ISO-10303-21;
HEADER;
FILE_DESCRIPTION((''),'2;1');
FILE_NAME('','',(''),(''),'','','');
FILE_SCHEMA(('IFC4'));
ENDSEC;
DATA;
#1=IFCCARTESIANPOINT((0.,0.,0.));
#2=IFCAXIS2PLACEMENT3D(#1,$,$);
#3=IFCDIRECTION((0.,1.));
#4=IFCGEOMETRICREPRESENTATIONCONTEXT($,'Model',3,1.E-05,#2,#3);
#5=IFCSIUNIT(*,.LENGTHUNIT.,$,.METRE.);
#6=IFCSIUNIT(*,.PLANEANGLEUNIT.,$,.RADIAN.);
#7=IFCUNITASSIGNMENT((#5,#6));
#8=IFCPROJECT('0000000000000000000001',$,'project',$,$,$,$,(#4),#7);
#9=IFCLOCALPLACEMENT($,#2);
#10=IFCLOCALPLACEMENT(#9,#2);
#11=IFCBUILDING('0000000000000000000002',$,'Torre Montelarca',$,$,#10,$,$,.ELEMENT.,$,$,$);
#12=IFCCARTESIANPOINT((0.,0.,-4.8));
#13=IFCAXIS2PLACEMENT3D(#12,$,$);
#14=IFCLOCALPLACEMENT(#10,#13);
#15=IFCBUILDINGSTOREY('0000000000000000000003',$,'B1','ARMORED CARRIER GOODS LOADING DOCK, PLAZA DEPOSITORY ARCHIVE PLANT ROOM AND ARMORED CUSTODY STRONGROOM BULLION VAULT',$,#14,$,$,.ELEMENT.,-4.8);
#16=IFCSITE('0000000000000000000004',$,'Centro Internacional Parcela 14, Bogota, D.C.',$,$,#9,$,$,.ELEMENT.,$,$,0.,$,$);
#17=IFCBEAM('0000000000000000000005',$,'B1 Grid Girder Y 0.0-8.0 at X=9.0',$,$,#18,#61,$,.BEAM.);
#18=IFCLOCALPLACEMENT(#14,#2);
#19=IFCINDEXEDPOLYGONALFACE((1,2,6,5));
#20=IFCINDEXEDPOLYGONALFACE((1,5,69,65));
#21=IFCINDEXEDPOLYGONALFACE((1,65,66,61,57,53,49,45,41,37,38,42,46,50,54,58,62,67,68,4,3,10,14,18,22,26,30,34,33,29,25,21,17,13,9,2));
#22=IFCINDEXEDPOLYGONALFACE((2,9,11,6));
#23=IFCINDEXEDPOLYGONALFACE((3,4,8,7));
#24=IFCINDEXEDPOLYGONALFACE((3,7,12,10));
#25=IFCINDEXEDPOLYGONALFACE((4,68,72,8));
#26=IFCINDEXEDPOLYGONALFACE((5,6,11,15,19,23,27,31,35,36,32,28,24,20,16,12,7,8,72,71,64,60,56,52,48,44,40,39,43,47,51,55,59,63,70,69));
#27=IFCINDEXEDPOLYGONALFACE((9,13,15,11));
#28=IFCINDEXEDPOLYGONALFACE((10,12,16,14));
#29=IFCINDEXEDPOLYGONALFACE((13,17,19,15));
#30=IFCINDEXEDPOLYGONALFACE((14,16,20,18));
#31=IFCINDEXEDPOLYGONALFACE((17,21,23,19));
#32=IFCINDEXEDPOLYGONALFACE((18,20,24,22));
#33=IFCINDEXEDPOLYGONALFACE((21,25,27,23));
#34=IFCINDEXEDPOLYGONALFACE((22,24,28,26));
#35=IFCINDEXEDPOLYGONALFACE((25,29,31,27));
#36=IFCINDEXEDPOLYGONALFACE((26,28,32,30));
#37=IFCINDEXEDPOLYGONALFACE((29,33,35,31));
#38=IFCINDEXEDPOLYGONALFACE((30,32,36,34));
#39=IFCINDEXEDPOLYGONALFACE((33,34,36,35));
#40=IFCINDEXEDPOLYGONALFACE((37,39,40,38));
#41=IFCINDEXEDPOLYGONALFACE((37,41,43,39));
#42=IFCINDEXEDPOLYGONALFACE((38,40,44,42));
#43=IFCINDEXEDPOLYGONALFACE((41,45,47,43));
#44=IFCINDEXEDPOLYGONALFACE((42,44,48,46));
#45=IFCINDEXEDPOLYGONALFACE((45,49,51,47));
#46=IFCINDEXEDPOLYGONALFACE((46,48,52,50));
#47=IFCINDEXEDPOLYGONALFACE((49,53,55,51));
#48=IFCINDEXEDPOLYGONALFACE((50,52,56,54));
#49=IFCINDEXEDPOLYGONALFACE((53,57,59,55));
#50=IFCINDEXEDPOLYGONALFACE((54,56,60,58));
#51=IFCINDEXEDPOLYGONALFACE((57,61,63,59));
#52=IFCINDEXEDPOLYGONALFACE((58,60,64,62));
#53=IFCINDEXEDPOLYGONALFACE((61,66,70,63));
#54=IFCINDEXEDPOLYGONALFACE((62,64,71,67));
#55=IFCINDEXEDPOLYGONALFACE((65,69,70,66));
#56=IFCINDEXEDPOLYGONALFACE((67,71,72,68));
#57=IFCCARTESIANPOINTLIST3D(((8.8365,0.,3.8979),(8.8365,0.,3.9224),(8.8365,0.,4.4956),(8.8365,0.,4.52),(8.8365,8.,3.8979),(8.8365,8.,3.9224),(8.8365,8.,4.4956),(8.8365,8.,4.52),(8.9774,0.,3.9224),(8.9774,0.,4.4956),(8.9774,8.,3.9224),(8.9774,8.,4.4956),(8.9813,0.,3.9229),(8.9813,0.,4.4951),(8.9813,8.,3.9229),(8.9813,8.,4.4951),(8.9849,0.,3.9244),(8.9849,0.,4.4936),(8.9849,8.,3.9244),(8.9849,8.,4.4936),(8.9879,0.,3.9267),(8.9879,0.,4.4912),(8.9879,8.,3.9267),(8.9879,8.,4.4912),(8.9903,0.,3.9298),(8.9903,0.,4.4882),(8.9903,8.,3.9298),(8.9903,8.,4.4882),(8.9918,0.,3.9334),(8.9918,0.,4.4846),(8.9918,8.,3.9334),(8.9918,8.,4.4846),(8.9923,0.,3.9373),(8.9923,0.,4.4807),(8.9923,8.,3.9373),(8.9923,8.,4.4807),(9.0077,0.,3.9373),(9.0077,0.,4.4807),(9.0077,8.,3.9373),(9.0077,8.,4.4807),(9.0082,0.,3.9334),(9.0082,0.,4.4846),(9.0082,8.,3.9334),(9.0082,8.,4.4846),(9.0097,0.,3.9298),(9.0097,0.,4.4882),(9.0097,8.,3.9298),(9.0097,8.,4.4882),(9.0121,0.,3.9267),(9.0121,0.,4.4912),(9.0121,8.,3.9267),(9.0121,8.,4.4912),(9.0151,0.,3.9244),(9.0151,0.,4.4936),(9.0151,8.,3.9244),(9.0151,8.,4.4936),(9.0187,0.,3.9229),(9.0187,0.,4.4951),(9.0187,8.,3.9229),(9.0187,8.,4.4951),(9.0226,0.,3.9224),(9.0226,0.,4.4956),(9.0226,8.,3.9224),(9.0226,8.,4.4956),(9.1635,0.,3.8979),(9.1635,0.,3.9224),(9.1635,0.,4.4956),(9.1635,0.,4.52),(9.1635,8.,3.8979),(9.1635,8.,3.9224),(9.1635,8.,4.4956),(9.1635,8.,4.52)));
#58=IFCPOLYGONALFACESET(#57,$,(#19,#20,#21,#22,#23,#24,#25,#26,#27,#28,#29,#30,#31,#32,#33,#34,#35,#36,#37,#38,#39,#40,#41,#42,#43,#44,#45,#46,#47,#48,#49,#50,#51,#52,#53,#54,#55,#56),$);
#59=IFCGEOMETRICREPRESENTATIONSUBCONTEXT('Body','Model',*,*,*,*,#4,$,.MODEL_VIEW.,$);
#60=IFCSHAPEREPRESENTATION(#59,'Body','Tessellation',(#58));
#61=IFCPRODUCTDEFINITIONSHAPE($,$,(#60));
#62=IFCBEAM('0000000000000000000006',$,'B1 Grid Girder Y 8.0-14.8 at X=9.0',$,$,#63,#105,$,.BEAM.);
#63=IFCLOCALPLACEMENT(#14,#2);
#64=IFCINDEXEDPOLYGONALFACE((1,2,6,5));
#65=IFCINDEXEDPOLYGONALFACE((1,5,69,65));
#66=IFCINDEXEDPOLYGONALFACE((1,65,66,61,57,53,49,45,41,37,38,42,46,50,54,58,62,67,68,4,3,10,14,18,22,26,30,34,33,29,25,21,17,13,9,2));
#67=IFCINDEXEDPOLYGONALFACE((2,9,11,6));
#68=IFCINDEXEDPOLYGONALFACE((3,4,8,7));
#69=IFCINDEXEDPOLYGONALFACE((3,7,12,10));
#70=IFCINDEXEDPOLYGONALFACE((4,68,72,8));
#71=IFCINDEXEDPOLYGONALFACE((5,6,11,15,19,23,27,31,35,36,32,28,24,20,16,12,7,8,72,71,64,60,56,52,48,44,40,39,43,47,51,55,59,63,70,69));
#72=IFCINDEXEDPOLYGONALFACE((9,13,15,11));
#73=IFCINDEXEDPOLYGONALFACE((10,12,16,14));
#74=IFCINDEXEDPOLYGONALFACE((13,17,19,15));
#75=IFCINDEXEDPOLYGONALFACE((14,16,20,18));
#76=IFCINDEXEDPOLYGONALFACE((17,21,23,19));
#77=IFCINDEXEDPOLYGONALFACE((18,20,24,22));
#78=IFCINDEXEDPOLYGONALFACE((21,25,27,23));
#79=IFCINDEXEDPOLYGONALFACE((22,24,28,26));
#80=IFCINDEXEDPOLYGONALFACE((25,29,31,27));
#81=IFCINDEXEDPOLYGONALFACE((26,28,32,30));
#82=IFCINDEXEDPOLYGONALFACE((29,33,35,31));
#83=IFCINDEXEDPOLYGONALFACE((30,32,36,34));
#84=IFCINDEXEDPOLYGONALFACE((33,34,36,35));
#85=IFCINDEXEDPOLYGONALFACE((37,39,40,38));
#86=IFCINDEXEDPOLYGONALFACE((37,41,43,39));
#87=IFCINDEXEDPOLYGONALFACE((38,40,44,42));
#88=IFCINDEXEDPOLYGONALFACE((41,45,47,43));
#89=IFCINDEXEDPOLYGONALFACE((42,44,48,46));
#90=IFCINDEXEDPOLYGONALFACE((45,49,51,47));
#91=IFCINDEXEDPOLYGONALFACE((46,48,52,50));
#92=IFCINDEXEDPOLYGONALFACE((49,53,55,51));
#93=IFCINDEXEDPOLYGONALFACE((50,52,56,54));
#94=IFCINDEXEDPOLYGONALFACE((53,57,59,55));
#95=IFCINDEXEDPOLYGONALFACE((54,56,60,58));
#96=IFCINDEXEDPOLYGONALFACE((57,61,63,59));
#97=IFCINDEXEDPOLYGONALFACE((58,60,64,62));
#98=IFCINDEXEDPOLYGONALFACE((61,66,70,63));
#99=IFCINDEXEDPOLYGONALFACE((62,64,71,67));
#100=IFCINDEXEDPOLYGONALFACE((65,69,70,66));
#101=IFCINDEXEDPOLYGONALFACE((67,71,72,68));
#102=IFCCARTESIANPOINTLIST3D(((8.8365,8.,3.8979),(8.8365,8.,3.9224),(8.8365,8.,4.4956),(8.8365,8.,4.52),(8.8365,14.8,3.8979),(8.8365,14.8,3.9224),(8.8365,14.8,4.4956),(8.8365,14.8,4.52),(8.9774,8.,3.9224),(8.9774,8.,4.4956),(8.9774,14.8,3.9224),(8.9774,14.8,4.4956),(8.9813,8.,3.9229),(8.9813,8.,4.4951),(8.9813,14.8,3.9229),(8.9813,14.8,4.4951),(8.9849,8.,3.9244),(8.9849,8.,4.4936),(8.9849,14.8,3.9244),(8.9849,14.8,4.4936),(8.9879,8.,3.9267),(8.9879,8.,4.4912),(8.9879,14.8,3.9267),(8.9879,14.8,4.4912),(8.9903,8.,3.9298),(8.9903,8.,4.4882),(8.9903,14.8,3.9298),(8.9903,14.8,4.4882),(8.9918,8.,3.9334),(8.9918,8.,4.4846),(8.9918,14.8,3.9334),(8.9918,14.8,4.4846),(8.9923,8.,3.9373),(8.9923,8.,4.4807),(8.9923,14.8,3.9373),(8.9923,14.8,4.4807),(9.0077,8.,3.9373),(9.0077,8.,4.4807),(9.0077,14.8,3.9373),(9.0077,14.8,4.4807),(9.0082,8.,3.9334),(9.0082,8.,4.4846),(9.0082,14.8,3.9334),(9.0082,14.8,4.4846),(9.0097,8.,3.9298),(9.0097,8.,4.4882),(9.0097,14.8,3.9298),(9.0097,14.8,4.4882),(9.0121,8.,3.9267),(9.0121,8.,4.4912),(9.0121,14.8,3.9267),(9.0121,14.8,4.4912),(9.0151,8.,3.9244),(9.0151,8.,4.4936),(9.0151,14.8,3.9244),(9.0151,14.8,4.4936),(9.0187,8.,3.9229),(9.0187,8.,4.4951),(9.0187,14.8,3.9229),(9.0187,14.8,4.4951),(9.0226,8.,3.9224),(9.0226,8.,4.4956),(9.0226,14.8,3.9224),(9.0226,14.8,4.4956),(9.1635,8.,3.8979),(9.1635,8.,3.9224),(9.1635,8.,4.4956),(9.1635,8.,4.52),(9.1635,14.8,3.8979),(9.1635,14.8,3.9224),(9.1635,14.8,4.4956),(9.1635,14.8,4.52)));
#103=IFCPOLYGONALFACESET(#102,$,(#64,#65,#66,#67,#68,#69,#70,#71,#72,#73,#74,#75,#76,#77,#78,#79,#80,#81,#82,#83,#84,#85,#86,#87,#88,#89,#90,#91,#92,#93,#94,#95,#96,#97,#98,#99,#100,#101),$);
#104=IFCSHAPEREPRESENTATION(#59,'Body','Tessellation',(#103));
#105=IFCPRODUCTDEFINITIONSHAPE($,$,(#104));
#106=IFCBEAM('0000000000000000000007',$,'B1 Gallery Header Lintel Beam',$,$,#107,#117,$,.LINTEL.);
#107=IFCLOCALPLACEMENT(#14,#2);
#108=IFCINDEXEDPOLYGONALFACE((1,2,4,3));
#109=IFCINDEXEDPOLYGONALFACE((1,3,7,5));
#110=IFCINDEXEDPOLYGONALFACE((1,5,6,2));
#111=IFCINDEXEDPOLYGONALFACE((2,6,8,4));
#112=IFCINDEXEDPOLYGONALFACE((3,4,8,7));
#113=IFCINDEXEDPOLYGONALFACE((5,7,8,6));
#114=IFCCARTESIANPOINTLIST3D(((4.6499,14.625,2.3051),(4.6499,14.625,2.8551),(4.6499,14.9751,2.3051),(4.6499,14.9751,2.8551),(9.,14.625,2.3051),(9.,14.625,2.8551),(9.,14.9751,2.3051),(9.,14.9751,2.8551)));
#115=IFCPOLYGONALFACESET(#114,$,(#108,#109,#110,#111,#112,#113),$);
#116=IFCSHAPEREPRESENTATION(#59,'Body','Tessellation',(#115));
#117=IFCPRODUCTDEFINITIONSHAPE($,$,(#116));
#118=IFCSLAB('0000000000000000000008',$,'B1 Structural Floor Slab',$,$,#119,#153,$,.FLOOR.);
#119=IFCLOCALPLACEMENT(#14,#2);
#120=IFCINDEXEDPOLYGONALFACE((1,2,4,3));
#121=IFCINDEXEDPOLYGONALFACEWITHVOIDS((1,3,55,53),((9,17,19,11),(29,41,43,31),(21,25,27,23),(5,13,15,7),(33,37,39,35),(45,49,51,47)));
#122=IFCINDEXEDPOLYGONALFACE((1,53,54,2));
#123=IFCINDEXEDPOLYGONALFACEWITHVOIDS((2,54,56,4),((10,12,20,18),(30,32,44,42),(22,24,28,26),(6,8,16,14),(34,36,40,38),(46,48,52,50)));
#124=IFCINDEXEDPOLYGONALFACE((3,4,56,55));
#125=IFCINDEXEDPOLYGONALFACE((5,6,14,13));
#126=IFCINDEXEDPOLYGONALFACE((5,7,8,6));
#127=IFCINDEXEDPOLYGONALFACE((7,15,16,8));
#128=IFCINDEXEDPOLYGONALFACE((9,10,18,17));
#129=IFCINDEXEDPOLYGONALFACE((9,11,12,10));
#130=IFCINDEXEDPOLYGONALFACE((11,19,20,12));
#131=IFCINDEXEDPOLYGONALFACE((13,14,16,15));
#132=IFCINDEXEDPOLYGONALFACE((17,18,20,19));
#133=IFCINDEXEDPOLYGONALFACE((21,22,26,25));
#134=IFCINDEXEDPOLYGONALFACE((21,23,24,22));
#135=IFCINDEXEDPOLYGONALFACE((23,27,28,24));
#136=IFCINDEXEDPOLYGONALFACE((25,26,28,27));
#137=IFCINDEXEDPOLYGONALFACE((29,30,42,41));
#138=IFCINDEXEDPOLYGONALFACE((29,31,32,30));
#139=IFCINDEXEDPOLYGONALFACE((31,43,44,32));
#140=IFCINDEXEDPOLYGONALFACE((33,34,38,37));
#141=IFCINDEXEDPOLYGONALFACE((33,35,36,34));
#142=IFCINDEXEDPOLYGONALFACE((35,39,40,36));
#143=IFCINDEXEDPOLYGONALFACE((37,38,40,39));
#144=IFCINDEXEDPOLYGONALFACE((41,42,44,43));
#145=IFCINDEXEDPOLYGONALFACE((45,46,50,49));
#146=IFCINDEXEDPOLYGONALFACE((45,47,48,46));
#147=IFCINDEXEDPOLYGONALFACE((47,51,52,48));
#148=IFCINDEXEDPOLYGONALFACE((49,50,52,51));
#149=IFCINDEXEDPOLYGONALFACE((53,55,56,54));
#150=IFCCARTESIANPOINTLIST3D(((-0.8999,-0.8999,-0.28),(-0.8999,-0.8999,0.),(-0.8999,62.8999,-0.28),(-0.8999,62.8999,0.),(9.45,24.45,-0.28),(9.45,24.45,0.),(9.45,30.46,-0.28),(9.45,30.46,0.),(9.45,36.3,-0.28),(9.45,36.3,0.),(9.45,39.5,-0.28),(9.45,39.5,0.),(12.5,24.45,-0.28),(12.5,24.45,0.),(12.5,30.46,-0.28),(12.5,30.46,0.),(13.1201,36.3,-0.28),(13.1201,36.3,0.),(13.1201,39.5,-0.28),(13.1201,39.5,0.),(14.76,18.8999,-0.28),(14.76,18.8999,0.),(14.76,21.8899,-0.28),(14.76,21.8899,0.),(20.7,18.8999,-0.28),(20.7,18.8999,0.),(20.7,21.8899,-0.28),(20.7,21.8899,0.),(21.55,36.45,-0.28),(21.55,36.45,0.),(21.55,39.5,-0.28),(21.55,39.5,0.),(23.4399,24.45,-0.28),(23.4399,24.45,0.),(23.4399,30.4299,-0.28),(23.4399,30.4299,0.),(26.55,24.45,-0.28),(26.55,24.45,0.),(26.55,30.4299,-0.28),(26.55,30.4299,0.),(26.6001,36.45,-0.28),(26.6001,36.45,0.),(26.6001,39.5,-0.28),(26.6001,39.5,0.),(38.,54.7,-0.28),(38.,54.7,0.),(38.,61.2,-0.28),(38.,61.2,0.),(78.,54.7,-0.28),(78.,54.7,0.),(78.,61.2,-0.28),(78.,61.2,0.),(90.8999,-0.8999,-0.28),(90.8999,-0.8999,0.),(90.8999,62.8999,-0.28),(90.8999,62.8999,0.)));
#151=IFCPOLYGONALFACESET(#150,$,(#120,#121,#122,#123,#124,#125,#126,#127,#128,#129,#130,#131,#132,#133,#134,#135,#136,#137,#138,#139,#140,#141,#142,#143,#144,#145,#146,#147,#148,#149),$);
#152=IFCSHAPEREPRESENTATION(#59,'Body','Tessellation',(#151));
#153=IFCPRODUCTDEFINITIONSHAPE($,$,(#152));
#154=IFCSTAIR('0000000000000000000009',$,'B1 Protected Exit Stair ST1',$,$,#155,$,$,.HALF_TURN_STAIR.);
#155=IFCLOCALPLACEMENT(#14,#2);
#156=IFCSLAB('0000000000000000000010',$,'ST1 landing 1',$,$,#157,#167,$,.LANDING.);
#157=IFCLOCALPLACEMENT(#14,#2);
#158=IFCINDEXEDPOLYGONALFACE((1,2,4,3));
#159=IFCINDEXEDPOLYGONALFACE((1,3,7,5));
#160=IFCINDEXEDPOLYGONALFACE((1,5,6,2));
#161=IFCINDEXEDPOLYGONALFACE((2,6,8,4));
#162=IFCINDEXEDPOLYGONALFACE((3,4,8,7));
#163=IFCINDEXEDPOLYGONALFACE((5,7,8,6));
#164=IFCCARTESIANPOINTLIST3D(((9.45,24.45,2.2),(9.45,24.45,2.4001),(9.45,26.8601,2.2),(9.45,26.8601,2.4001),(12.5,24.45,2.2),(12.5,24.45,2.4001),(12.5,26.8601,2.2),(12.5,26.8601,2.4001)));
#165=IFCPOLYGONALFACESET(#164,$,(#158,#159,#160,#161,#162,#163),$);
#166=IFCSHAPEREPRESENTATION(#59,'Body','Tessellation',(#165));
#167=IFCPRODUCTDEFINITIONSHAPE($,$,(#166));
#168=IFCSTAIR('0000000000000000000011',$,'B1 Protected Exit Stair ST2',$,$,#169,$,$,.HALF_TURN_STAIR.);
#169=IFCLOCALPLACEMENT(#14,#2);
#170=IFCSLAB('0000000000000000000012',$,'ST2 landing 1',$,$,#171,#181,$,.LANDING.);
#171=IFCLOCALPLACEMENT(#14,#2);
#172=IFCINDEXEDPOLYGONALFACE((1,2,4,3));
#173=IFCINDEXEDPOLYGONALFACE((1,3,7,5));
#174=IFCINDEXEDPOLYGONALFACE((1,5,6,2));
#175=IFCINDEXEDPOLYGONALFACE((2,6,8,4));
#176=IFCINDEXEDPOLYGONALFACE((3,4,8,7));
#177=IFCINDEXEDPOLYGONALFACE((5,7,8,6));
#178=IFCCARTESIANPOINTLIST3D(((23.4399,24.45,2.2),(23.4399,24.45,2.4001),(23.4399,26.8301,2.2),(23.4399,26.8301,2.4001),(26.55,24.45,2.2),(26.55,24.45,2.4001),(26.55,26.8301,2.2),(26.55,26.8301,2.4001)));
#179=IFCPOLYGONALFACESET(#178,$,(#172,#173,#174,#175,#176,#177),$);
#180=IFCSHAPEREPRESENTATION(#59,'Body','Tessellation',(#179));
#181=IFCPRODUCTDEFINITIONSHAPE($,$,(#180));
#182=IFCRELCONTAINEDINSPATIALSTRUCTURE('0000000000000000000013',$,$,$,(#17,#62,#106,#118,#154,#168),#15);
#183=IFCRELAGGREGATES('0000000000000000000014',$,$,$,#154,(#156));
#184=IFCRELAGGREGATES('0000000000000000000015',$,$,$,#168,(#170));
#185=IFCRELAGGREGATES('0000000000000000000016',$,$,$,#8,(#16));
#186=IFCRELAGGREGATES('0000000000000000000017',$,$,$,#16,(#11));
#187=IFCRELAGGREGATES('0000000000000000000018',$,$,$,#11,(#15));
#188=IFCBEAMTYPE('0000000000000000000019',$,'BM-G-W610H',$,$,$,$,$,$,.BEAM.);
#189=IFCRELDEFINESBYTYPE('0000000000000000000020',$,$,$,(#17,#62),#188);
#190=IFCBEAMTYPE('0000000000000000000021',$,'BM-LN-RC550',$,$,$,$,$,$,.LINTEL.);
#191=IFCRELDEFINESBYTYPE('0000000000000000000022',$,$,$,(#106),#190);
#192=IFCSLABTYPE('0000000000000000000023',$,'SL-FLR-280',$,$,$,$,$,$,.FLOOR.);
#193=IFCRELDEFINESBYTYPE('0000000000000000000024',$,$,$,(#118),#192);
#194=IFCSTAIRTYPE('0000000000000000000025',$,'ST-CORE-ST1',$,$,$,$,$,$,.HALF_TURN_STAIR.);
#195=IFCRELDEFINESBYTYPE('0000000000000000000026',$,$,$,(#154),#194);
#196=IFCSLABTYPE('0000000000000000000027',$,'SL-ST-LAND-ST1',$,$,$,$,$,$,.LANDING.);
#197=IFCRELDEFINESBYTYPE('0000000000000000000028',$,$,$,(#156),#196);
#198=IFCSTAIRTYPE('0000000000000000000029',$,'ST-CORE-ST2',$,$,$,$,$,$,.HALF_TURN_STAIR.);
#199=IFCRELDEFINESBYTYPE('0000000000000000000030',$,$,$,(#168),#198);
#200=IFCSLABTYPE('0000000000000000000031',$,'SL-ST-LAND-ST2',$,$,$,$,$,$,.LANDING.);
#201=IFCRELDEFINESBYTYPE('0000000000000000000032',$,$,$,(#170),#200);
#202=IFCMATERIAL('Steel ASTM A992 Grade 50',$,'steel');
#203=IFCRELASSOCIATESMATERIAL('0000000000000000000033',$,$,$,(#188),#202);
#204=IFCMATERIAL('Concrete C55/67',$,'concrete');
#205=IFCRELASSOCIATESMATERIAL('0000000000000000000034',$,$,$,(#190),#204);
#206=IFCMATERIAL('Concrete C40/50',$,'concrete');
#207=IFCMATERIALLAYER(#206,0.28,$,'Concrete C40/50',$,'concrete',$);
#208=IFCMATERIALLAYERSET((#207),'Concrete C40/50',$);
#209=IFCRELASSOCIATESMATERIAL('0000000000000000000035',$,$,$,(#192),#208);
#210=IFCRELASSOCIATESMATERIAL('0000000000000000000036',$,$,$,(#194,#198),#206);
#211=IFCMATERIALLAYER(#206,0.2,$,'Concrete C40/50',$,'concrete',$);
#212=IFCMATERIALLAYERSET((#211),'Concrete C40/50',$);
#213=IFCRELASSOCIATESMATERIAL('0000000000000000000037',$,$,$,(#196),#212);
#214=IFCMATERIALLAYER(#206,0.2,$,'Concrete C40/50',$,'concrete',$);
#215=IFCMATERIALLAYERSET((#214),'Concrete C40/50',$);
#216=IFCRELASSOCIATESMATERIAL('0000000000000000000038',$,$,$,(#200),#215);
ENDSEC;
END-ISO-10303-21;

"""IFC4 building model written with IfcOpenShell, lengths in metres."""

from ifc_helpers import new_model, si_unit, direction, frame, origin, origin_2d, place, context, subcontext, project, spatial, polyline, rectangle, i_section, outline, extrude, source, transform, mapped, material, layer, layer_set, material_profile, profile_set, type_object, element, aggregate, save


model = new_model("IFC4")

# Units and contexts
model_context = context("Model", 3, precision=1e-05, world=origin(), true_north=direction((0.0, 1.0)))
body_context = subcontext(model_context, "Body", "Model", "MODEL_VIEW")
ifc_project = project(units=[si_unit("LENGTHUNIT", "METRE"), si_unit("PLANEANGLEUNIT", "RADIAN")], contexts=[model_context])

# Site, building, storey
site_placement = place(None, origin())
site = spatial("IfcSite", under=ifc_project, at=site_placement, Name="Centro Internacional Parcela 14, Bogota, D.C.", CompositionType="ELEMENT", RefElevation=0.0)
building_placement = place(site_placement, origin())
building = spatial("IfcBuilding", under=site, at=building_placement, Name="Torre Montelarca", CompositionType="ELEMENT")
storey_placement = place(building_placement, frame((0.0, 0.0, -4.8)))
storey = spatial("IfcBuildingStorey", under=building, at=storey_placement, Name="B1", Description="ARMORED CARRIER GOODS LOADING DOCK, PLAZA DEPOSITORY ARCHIVE PLANT ROOM AND ARMORED CUSTODY STRONGROOM BULLION VAULT", CompositionType="ELEMENT", Elevation=-4.8)

# Beams
ifc_material_1 = material(Name="Concrete C55/67", Category="concrete")
ifc_material_2 = material(Name="Steel ASTM A992 Grade 50", Category="steel")
ifc_material_profile_1 = material_profile(ifc_material_2, i_section(OverallWidth=0.3269, OverallDepth=0.6221, WebThickness=0.0154, FlangeThickness=0.0244, FilletRadius=0.0149, at=origin_2d()), Name="W610X195", Category="steel")
ifc_profile_set_1 = profile_set([ifc_material_profile_1], Name="Steel ASTM A992 Grade 50")
beam_type_1 = type_object("IfcBeamType", Name="BM-G-W610H", PredefinedType="BEAM", material=ifc_profile_set_1)
shared_shape_1 = source(origin(), body_context, "Body", "SweptSolid", [
    extrude(i_section(OverallWidth=0.3269, OverallDepth=0.6221, WebThickness=0.0154, FlangeThickness=0.0244, FilletRadius=0.0149, at=origin_2d()), origin(), (0.0, 0.0, 1.0), 8.0),
])
beam_1_placement = place(storey_placement, frame((9.0, 0.0, 4.209), z_axis=(0.0, 1.0, 0.0), x_axis=(-1.0, 0.0, 0.0)))
element("IfcBeam", 1, at=beam_1_placement, inside=storey, type_object=beam_type_1, Name="B1 Grid Girder Y 0.0-8.0 at X=9.0", PredefinedType="BEAM", context=body_context, shape_type="MappedRepresentation", body=[
    mapped(shared_shape_1, transform((0.0, 0.0, 0.0), scale=1.0)),
])
shared_shape_2 = source(origin(), body_context, "Body", "SweptSolid", [
    extrude(i_section(OverallWidth=0.3269, OverallDepth=0.6221, WebThickness=0.0154, FlangeThickness=0.0244, FilletRadius=0.0149, at=origin_2d()), origin(), (0.0, 0.0, 1.0), 6.8),
])
beam_2_placement = place(storey_placement, frame((9.0, 8.0, 4.209), z_axis=(0.0, 1.0, 0.0), x_axis=(-1.0, 0.0, 0.0)))
element("IfcBeam", 2, at=beam_2_placement, inside=storey, type_object=beam_type_1, Name="B1 Grid Girder Y 8.0-14.8 at X=9.0", PredefinedType="BEAM", context=body_context, shape_type="MappedRepresentation", body=[
    mapped(shared_shape_2, transform((0.0, 0.0, 0.0), scale=1.0)),
])
ifc_material_profile_2 = material_profile(ifc_material_1, rectangle(XDim=0.3501, YDim=0.55, at=origin_2d()), Name="RCB350X550", Category="concrete")
ifc_profile_set_2 = profile_set([ifc_material_profile_2], Name="Concrete C55/67")
beam_type_2 = type_object("IfcBeamType", Name="BM-LN-RC550", PredefinedType="LINTEL", material=ifc_profile_set_2)
shared_shape_3 = source(origin(), body_context, "Body", "SweptSolid", [
    extrude(rectangle(XDim=0.3501, YDim=0.55, at=origin_2d()), origin(), (0.0, 0.0, 1.0), 4.3501),
])
beam_3_placement = place(storey_placement, frame((4.6499, 14.8, 2.5801), z_axis=(1.0, 0.0, 0.0), x_axis=(0.0, 1.0, 0.0)))
element("IfcBeam", 3, at=beam_3_placement, inside=storey, type_object=beam_type_2, Name="B1 Gallery Header Lintel Beam", PredefinedType="LINTEL", context=body_context, shape_type="MappedRepresentation", body=[
    mapped(shared_shape_3, transform((0.0, 0.0, 0.0), scale=1.0)),
])

# Slab
ifc_material_3 = material(Name="Concrete C40/50", Category="concrete")
ifc_layer_1 = layer(ifc_material_3, 0.28, Name="Concrete C40/50", Category="concrete")
ifc_layer_set_1 = layer_set([ifc_layer_1], Name="Concrete C40/50")
slab_type_1 = type_object("IfcSlabType", Name="SL-FLR-280", PredefinedType="FLOOR", material=ifc_layer_set_1)
slab_1_placement = place(storey_placement, frame((0.0, 0.0, -0.28)))
element("IfcSlab", 4, at=slab_1_placement, inside=storey, type_object=slab_type_1, Name="B1 Structural Floor Slab", PredefinedType="FLOOR", context=body_context, shape_type="SweptSolid", body=[
    extrude(outline(polyline([(90.8999, -0.8999), (90.8999, 62.8999), (-0.8999, 62.8999), (-0.8999, -0.8999), (90.8999, -0.8999)]), holes=[polyline([(20.7, 21.8899), (20.7, 18.8999), (14.76, 18.8999), (14.76, 21.8899), (20.7, 21.8899)]), polyline([(23.4399, 24.45), (23.4399, 30.4299), (26.55, 30.4299), (26.55, 24.45), (23.4399, 24.45)]), polyline([(9.45, 24.45), (9.45, 30.46), (12.5, 30.46), (12.5, 24.45), (9.45, 24.45)]), polyline([(13.1201, 39.5), (13.1201, 36.3), (9.45, 36.3), (9.45, 39.5), (13.1201, 39.5)]), polyline([(26.6001, 36.45), (21.55, 36.45), (21.55, 39.5), (26.6001, 39.5), (26.6001, 36.45)]), polyline([(78.0, 54.7), (38.0, 54.7), (38.0, 61.2), (78.0, 61.2), (78.0, 54.7)])]), origin(), (0.0, 0.0, 1.0), 0.28),
])

# Stairs, slabs
stair_type_1 = type_object("IfcStairType", Name="ST-CORE-ST1", PredefinedType="HALF_TURN_STAIR", material=ifc_material_3)
stair_1_placement = place(storey_placement, origin())
stair_1 = element("IfcStair", 5, at=stair_1_placement, inside=storey, type_object=stair_type_1, Name="B1 Protected Exit Stair ST1", PredefinedType="HALF_TURN_STAIR")
ifc_layer_2 = layer(ifc_material_3, 0.2, Name="Concrete C40/50", Category="concrete")
ifc_layer_set_2 = layer_set([ifc_layer_2], Name="Concrete C40/50")
slab_type_2 = type_object("IfcSlabType", Name="SL-ST-LAND-ST1", PredefinedType="LANDING", material=ifc_layer_set_2)
slab_2_placement = place(storey_placement, frame((0.0, 0.0, 2.2)))
slab_2 = element("IfcSlab", 6, at=slab_2_placement, type_object=slab_type_2, Name="ST1 landing 1", PredefinedType="LANDING", context=body_context, shape_type="SweptSolid", body=[
    extrude(outline(polyline([(9.45, 26.8601), (9.45, 24.45), (12.5, 24.45), (12.5, 26.8601), (9.45, 26.8601)])), origin(), (0.0, 0.0, 1.0), 0.2002),
])
aggregate(stair_1, [slab_2])
stair_type_2 = type_object("IfcStairType", Name="ST-CORE-ST2", PredefinedType="HALF_TURN_STAIR", material=ifc_material_3)
stair_2_placement = place(storey_placement, origin())
stair_2 = element("IfcStair", 7, at=stair_2_placement, inside=storey, type_object=stair_type_2, Name="B1 Protected Exit Stair ST2", PredefinedType="HALF_TURN_STAIR")
ifc_layer_3 = layer(ifc_material_3, 0.2, Name="Concrete C40/50", Category="concrete")
ifc_layer_set_3 = layer_set([ifc_layer_3], Name="Concrete C40/50")
slab_type_3 = type_object("IfcSlabType", Name="SL-ST-LAND-ST2", PredefinedType="LANDING", material=ifc_layer_set_3)
slab_3_placement = place(storey_placement, frame((0.0, 0.0, 2.2)))
slab_3 = element("IfcSlab", 8, at=slab_3_placement, type_object=slab_type_3, Name="ST2 landing 1", PredefinedType="LANDING", context=body_context, shape_type="SweptSolid", body=[
    extrude(outline(polyline([(23.4399, 26.8301), (23.4399, 24.45), (26.55, 24.45), (26.55, 26.8301), (23.4399, 26.8301)])), origin(), (0.0, 0.0, 1.0), 0.2002),
])
aggregate(stair_2, [slab_3])

save(model, "model.ifc")
